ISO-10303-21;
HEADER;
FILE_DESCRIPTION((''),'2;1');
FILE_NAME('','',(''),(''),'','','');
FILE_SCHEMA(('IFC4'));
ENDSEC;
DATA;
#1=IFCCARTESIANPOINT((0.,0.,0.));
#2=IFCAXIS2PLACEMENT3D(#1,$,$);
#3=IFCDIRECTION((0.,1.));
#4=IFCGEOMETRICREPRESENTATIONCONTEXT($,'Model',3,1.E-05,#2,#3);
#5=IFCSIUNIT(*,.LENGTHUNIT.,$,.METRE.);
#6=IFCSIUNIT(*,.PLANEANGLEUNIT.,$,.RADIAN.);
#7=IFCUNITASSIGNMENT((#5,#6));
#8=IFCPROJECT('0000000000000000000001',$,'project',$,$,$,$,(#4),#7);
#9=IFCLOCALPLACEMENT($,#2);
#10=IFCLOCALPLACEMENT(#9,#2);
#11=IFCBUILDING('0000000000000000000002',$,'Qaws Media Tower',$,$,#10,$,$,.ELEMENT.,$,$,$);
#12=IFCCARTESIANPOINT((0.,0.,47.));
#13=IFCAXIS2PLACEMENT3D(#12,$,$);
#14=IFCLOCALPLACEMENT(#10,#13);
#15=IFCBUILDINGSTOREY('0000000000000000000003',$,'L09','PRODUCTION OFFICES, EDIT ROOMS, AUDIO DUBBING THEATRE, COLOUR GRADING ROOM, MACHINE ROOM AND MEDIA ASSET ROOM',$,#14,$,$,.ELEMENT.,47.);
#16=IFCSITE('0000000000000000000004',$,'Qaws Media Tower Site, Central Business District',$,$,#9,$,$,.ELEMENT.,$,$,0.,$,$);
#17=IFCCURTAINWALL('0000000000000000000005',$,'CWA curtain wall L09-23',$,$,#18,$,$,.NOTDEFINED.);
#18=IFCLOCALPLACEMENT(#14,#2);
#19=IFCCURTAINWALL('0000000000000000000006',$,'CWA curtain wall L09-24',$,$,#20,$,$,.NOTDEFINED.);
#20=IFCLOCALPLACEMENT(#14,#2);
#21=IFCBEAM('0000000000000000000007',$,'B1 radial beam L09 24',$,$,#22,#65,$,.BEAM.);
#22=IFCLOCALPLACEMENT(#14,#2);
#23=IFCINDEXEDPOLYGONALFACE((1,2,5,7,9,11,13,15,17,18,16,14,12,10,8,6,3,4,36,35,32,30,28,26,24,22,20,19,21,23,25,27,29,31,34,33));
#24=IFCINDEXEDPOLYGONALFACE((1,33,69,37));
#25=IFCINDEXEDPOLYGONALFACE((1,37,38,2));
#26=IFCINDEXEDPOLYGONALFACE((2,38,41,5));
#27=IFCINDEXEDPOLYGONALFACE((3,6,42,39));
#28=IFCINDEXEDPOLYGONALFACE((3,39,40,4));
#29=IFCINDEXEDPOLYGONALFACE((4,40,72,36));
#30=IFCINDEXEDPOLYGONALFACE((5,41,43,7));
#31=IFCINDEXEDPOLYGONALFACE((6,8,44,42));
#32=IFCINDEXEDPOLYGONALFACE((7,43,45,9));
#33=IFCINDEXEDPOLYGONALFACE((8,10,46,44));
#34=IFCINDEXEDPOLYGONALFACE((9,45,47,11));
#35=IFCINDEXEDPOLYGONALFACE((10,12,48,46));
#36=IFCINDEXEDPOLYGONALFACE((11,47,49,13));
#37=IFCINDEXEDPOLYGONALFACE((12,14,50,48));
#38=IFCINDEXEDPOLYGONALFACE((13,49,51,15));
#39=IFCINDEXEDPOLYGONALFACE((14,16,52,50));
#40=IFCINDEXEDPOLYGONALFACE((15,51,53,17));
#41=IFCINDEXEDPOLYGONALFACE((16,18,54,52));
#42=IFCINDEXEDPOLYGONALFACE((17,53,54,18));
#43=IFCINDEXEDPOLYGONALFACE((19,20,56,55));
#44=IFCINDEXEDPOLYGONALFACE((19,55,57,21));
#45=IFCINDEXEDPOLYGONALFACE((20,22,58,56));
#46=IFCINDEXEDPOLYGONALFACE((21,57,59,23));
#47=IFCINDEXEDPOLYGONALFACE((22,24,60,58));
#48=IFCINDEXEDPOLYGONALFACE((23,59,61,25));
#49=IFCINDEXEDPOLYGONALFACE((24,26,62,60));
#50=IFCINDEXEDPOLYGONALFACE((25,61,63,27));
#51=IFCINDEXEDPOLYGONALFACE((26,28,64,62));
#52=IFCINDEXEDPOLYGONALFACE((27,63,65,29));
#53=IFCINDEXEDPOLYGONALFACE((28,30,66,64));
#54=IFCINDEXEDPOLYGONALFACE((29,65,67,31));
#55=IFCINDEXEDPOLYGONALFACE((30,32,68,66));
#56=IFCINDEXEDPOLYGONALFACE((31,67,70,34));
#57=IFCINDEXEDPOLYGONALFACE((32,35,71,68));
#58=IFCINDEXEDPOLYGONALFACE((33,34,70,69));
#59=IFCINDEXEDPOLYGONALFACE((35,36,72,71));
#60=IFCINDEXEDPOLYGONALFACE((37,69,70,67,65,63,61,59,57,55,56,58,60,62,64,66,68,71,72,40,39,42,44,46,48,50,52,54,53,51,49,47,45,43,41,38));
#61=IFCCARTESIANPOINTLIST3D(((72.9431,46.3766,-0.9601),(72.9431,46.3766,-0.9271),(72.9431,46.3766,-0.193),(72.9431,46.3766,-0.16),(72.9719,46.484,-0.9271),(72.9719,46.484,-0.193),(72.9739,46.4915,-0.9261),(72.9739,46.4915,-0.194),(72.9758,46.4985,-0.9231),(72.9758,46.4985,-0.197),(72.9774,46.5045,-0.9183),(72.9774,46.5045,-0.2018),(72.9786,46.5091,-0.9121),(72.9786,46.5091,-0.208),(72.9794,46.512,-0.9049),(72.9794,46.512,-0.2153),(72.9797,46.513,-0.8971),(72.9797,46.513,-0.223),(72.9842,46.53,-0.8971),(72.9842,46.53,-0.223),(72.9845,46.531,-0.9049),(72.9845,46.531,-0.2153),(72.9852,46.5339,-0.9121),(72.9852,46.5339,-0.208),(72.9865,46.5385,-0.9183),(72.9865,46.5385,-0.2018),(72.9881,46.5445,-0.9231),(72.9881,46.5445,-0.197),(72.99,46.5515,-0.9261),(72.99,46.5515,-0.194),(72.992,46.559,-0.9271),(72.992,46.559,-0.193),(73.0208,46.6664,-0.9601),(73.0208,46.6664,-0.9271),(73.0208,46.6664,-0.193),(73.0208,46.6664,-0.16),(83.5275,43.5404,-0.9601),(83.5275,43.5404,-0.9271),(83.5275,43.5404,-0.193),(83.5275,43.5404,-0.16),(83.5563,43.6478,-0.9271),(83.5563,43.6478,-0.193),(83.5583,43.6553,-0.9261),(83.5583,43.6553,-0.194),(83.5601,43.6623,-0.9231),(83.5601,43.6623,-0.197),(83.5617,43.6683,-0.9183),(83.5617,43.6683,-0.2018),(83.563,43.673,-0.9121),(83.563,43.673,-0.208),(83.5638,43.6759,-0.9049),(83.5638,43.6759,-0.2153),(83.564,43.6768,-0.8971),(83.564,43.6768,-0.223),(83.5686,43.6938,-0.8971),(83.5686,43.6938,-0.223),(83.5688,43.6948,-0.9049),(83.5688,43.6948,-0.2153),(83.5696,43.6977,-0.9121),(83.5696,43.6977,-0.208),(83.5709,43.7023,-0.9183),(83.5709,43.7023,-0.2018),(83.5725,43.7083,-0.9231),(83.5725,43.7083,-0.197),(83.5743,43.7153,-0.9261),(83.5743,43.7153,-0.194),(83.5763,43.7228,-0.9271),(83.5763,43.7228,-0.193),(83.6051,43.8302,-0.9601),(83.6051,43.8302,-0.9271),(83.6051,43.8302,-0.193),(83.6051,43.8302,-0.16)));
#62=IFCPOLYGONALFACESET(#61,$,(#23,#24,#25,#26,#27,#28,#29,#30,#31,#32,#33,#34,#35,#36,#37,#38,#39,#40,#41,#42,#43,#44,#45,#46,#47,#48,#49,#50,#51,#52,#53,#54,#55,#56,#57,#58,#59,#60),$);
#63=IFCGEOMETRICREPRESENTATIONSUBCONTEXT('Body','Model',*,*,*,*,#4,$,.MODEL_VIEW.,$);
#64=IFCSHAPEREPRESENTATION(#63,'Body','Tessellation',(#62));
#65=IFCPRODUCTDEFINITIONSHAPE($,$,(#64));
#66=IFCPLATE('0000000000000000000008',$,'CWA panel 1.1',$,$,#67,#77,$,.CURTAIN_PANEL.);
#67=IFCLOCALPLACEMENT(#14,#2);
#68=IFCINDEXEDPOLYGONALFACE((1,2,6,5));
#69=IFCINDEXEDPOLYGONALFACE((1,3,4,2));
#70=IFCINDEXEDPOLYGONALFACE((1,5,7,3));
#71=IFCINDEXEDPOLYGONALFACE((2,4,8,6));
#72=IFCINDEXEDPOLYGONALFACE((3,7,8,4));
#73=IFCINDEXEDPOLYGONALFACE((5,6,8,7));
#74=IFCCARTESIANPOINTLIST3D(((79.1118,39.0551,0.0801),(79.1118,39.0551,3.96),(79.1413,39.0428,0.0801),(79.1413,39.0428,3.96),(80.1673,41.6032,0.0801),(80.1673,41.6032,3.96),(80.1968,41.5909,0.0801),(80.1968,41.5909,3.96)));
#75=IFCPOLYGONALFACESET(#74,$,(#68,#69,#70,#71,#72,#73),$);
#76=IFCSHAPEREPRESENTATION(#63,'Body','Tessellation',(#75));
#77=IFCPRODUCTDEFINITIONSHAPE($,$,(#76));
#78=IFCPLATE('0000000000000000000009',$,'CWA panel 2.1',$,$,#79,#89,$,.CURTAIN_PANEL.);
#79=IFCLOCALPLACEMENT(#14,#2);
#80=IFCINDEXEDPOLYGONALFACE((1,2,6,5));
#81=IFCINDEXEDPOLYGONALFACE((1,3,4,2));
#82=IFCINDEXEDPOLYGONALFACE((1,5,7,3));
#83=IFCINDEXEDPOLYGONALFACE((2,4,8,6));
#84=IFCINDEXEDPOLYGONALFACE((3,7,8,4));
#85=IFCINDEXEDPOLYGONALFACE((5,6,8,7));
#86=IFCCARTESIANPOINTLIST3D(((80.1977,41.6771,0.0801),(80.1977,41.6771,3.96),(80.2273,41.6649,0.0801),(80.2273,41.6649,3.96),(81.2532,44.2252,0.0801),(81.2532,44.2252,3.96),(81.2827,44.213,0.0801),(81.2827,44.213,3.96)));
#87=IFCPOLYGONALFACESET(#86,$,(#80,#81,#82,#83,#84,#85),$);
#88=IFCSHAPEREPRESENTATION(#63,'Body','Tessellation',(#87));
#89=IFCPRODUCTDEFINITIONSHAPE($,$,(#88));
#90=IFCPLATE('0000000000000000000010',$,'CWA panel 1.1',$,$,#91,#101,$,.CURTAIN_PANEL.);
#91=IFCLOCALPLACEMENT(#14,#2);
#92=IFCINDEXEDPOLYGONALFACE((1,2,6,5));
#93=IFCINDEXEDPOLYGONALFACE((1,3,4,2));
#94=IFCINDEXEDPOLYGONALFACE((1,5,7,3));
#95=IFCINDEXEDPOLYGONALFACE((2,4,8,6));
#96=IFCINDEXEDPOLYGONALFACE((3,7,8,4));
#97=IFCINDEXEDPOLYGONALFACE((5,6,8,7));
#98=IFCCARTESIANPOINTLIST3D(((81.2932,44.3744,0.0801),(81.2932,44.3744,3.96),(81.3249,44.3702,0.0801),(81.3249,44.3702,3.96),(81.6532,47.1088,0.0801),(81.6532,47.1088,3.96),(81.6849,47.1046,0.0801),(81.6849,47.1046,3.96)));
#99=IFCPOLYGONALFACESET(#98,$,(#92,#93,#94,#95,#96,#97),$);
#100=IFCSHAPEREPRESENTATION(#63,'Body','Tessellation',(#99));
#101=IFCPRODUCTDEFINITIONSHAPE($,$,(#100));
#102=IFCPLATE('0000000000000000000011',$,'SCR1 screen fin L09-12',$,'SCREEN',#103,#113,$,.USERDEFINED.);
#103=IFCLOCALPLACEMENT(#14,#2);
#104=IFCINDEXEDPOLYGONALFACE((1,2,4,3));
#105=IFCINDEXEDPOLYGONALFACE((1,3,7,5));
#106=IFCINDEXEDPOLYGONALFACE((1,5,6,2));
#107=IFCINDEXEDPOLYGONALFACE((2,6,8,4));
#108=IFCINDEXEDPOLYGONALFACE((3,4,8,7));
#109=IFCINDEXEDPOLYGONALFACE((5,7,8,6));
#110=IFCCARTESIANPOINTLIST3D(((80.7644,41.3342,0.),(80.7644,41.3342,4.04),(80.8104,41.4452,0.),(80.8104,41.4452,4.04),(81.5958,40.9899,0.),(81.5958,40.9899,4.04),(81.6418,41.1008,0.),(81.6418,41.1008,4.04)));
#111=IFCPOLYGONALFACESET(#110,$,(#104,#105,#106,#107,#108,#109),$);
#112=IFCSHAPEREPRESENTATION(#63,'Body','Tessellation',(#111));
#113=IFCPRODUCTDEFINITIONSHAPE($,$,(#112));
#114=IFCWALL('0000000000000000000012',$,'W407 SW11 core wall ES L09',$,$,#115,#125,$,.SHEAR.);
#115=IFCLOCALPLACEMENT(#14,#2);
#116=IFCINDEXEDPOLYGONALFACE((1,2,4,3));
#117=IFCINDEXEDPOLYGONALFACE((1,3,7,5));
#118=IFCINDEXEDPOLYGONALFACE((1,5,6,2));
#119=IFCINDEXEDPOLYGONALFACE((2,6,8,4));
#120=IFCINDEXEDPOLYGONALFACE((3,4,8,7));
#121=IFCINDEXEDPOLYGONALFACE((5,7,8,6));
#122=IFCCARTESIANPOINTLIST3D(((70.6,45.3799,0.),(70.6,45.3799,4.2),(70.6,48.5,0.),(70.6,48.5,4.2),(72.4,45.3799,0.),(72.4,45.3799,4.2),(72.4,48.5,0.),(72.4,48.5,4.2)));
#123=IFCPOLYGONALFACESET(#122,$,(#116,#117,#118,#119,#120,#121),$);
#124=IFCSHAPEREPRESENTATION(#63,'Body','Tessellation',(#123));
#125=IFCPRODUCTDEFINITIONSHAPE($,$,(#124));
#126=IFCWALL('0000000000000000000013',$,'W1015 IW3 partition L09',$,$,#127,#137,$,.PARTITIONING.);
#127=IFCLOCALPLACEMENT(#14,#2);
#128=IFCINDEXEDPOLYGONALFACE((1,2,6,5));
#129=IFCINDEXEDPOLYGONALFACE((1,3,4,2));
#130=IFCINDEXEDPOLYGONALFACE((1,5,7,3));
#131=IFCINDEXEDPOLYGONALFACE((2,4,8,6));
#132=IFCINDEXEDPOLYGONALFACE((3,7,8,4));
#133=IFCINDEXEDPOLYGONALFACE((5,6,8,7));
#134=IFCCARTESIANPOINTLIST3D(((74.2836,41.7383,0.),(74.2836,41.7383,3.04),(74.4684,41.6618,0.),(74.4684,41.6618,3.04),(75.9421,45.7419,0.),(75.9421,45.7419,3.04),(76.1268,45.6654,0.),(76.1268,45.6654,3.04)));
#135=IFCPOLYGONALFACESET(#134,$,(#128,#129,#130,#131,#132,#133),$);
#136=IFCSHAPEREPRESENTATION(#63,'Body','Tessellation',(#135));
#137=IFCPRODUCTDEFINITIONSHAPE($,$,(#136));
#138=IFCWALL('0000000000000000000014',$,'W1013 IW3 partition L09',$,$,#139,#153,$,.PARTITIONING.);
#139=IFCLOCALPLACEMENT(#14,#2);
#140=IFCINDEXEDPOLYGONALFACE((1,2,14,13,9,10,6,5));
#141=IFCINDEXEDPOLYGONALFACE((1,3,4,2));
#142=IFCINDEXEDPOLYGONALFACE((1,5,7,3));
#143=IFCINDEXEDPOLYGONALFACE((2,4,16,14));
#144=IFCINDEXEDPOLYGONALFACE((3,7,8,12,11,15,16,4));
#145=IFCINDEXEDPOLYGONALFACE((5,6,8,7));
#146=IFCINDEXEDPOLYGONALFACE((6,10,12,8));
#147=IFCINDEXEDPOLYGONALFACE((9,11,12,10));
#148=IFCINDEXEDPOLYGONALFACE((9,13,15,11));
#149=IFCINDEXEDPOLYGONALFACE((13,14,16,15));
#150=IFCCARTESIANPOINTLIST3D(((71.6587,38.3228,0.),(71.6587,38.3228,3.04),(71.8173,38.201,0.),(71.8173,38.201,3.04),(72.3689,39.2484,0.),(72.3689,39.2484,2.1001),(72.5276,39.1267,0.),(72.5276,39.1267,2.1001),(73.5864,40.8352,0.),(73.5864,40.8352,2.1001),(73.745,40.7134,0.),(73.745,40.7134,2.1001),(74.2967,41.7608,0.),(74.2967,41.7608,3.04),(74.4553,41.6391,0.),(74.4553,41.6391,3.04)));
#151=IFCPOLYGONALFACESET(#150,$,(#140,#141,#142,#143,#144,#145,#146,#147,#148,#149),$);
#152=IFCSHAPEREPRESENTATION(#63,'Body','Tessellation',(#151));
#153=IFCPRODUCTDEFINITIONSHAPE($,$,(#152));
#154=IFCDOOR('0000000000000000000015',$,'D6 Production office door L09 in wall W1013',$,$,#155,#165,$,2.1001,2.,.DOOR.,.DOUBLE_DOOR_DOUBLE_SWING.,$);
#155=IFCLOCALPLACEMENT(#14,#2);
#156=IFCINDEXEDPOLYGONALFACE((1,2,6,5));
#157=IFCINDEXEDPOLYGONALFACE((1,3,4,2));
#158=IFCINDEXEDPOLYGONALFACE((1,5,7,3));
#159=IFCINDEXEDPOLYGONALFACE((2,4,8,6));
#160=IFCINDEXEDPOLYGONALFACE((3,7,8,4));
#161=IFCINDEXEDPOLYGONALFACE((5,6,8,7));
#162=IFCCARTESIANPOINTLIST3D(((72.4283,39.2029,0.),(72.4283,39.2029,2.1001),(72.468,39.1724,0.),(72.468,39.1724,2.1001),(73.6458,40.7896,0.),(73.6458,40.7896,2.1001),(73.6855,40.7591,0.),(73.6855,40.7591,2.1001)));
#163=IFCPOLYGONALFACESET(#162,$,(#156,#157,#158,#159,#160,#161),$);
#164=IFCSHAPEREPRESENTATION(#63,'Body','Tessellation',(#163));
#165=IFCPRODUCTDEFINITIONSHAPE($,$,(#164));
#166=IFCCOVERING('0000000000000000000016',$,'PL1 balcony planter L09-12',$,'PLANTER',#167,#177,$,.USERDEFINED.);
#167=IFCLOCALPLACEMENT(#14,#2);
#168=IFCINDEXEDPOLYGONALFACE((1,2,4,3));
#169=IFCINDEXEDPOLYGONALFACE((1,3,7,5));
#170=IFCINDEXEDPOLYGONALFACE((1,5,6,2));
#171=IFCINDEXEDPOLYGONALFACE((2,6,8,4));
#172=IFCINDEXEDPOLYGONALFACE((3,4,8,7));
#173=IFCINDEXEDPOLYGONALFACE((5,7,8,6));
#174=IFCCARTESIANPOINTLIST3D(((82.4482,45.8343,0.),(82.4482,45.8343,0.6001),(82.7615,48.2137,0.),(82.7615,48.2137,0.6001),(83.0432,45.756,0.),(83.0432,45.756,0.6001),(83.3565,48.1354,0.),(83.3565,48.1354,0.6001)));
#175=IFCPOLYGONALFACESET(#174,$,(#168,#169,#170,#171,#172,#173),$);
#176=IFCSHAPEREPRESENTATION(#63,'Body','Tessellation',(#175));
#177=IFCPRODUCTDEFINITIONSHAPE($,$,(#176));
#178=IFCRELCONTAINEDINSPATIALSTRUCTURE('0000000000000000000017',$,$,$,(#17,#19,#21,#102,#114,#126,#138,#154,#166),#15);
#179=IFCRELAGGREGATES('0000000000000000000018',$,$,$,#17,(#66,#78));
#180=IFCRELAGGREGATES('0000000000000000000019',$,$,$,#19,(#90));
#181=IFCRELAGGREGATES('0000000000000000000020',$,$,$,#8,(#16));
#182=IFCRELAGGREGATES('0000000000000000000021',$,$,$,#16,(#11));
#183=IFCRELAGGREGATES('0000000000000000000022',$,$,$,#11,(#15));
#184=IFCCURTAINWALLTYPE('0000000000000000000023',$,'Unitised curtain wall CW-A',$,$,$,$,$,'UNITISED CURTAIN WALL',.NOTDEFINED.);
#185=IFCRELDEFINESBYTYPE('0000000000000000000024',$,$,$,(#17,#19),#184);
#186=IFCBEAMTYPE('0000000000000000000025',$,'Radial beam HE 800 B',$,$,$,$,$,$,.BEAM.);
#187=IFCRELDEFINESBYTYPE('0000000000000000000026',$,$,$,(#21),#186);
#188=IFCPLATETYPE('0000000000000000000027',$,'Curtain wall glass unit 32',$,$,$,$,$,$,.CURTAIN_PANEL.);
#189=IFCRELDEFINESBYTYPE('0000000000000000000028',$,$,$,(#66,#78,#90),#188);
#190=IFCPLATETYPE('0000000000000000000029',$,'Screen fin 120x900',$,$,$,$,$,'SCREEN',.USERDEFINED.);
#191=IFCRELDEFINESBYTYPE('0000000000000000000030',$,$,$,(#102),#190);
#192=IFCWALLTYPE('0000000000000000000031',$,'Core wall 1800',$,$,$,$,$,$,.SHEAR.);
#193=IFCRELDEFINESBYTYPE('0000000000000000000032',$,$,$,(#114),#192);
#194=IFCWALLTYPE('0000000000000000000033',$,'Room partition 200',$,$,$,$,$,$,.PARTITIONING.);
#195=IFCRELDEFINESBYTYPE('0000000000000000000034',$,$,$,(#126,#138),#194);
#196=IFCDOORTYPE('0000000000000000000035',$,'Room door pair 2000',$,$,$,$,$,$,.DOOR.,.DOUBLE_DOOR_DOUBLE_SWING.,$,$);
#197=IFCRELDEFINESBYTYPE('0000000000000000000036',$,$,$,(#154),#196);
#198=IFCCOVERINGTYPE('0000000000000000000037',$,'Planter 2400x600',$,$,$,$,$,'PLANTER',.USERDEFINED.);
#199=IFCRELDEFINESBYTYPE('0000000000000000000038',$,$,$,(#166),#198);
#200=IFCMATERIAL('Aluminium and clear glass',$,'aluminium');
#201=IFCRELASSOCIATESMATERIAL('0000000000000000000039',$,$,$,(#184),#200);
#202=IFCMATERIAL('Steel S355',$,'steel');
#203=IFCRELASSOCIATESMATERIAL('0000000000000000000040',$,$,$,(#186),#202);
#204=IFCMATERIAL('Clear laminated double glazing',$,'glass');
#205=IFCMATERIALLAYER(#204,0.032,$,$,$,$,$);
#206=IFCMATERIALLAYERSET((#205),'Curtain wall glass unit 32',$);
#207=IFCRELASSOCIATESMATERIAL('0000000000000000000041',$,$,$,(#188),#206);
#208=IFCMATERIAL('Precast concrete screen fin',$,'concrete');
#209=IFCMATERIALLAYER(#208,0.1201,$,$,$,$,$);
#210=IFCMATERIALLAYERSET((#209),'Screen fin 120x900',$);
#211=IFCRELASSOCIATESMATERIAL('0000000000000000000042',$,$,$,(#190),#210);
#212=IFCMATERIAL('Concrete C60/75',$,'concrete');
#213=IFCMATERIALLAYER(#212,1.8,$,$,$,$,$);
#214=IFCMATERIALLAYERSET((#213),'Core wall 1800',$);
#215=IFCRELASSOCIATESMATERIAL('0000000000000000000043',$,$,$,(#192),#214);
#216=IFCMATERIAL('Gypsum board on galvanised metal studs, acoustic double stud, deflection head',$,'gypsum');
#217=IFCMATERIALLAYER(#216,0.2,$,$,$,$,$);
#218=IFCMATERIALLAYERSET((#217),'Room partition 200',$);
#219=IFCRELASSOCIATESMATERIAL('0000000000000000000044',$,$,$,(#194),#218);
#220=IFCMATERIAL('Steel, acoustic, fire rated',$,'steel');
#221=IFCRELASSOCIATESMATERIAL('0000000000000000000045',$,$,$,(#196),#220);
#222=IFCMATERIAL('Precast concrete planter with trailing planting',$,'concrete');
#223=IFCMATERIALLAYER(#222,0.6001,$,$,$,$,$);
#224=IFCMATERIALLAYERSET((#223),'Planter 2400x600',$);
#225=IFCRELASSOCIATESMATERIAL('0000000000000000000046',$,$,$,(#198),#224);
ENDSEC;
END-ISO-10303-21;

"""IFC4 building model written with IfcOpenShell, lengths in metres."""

from ifc_helpers import new_model, si_unit, direction, frame, frame_2d, origin, origin_2d, place, context, subcontext, project, spatial, rectangle, i_section, extrude, material, layer, layer_set, material_profile, profile_set, type_object, element, fill, aggregate, save


model = new_model("IFC4")

# Units and contexts
model_context = context("Model", 3, precision=1e-05, world=origin(), true_north=direction((0.0, 1.0)))
body_context = subcontext(model_context, "Body", "Model", "MODEL_VIEW")
ifc_project = project(units=[si_unit("LENGTHUNIT", "METRE"), si_unit("PLANEANGLEUNIT", "RADIAN")], contexts=[model_context])

# Site, building, storey
site_placement = place(None, origin())
site = spatial("IfcSite", under=ifc_project, at=site_placement, Name="Qaws Media Tower Site, Central Business District", CompositionType="ELEMENT", RefElevation=0.0)
building_placement = place(site_placement, origin())
building = spatial("IfcBuilding", under=site, at=building_placement, Name="Qaws Media Tower", CompositionType="ELEMENT")
storey_placement = place(building_placement, frame((0.0, 0.0, 47.0)))
storey = spatial("IfcBuildingStorey", under=building, at=storey_placement, Name="L09", Description="PRODUCTION OFFICES, EDIT ROOMS, AUDIO DUBBING THEATRE, COLOUR GRADING ROOM, MACHINE ROOM AND MEDIA ASSET ROOM", CompositionType="ELEMENT", Elevation=47.0)

# Shared definitions
ifc_material_1 = material(Name="Aluminium and clear glass", Category="aluminium")
curtain_wall_type = type_object("IfcCurtainWallType", Name="Unitised curtain wall CW-A", ElementType="UNITISED CURTAIN WALL", PredefinedType="NOTDEFINED", material=ifc_material_1)

# Curtain walls
curtain_wall_1_placement = place(storey_placement, origin())
curtain_wall_1 = element("IfcCurtainWall", 1, at=curtain_wall_1_placement, inside=storey, type_object=curtain_wall_type, Name="CWA curtain wall L09-23", PredefinedType="NOTDEFINED")
curtain_wall_2_placement = place(storey_placement, origin())
curtain_wall_2 = element("IfcCurtainWall", 2, at=curtain_wall_2_placement, inside=storey, type_object=curtain_wall_type, Name="CWA curtain wall L09-24", PredefinedType="NOTDEFINED")

# Beam
ifc_material_2 = material(Name="Steel S355", Category="steel")
ifc_material_profile_1 = material_profile(ifc_material_2, i_section(OverallWidth=0.3, OverallDepth=0.8, WebThickness=0.0176, FlangeThickness=0.033, FilletRadius=0.03, at=origin_2d()), Name="HE 800 B")
ifc_profile_set_1 = profile_set([ifc_material_profile_1], Name="Steel S355")
beam_type_1 = type_object("IfcBeamType", Name="Radial beam HE 800 B", PredefinedType="BEAM", material=ifc_profile_set_1)
beam_1_placement = place(storey_placement, frame((72.9819, 46.5215, -0.5601), z_axis=(0.965924, -0.258826, 0.0), x_axis=(0.258826, 0.965924, 0.0)))
element("IfcBeam", 3, at=beam_1_placement, inside=storey, type_object=beam_type_1, Name="B1 radial beam L09 24", PredefinedType="BEAM", context=body_context, shape_type="SweptSolid", body=[
    extrude(i_section(OverallWidth=0.3, OverallDepth=0.8, WebThickness=0.0176, FlangeThickness=0.033, FilletRadius=0.03, at=origin_2d()), origin(), (0.0, 0.0, 1.0), 10.9578),
])

# Plates
ifc_material_3 = material(Name="Clear laminated double glazing", Category="glass")
ifc_layer_1 = layer(ifc_material_3, 0.032)
ifc_layer_set_1 = layer_set([ifc_layer_1], Name="Curtain wall glass unit 32")
plate_type_1 = type_object("IfcPlateType", Name="Curtain wall glass unit 32", PredefinedType="CURTAIN_PANEL", material=ifc_layer_set_1)
plate_1_placement = place(storey_placement, frame((79.6543, 40.323, 0.0801), z_axis=(0.0, 0.0, 1.0), x_axis=(0.382683, 0.92388, 0.0)))
plate_1 = element("IfcPlate", 4, at=plate_1_placement, type_object=plate_type_1, Name="CWA panel 1.1", PredefinedType="CURTAIN_PANEL", context=body_context, shape_type="SweptSolid", body=[
    extrude(rectangle(XDim=2.7581, YDim=0.032, at=origin_2d()), origin(), (0.0, 0.0, 1.0), 3.8799),
])
plate_2_placement = place(storey_placement, frame((80.7402, 42.9451, 0.0801), z_axis=(0.0, 0.0, 1.0), x_axis=(0.382683, 0.92388, 0.0)))
plate_2 = element("IfcPlate", 5, at=plate_2_placement, type_object=plate_type_1, Name="CWA panel 2.1", PredefinedType="CURTAIN_PANEL", context=body_context, shape_type="SweptSolid", body=[
    extrude(rectangle(XDim=2.7581, YDim=0.032, at=origin_2d()), origin(), (0.0, 0.0, 1.0), 3.8799),
])
aggregate(curtain_wall_1, [plate_1, plate_2])
plate_3_placement = place(storey_placement, frame((81.489, 45.7395, 0.0801), z_axis=(0.0, 0.0, 1.0), x_axis=(0.130526, 0.991445, 0.0)))
plate_3 = element("IfcPlate", 6, at=plate_3_placement, type_object=plate_type_1, Name="CWA panel 1.1", PredefinedType="CURTAIN_PANEL", context=body_context, shape_type="SweptSolid", body=[
    extrude(rectangle(XDim=2.7581, YDim=0.032, at=origin_2d()), origin(), (0.0, 0.0, 1.0), 3.8799),
])
aggregate(curtain_wall_2, [plate_3])
ifc_material_4 = material(Name="Precast concrete screen fin", Category="concrete")
ifc_layer_2 = layer(ifc_material_4, 0.1201)
ifc_layer_set_2 = layer_set([ifc_layer_2], Name="Screen fin 120x900")
plate_type_2 = type_object("IfcPlateType", Name="Screen fin 120x900", ElementType="SCREEN", PredefinedType="USERDEFINED", material=ifc_layer_set_2)
plate_4_placement = place(storey_placement, frame((81.2031, 41.2175, 0.0), z_axis=(0.0, 0.0, 1.0), x_axis=(0.92388, -0.382683, 0.0)))
element("IfcPlate", 7, at=plate_4_placement, inside=storey, type_object=plate_type_2, Name="SCR1 screen fin L09-12", ObjectType="SCREEN", PredefinedType="USERDEFINED", context=body_context, shape_type="SweptSolid", body=[
    extrude(rectangle(XDim=0.8999, YDim=0.1201, at=origin_2d()), origin(), (0.0, 0.0, 1.0), 4.04),
])

# Walls
ifc_material_5 = material(Name="Concrete C60/75", Category="concrete")
ifc_layer_3 = layer(ifc_material_5, 1.8)
ifc_layer_set_3 = layer_set([ifc_layer_3], Name="Core wall 1800")
wall_type_1 = type_object("IfcWallType", Name="Core wall 1800", PredefinedType="SHEAR", material=ifc_layer_set_3)
wall_1_placement = place(storey_placement, frame((71.5, 45.3799, 0.0), z_axis=(0.0, 0.0, 1.0), x_axis=(0.0, 1.0, 0.0)))
element("IfcWall", 8, at=wall_1_placement, inside=storey, type_object=wall_type_1, Name="W407 SW11 core wall ES L09", PredefinedType="SHEAR", context=body_context, shape_type="SweptSolid", body=[
    extrude(rectangle(XDim=3.1201, YDim=1.8, at=frame_2d((1.5601, 0.0))), origin(), (0.0, 0.0, 1.0), 4.2),
])
ifc_material_6 = material(Name="Gypsum board on galvanised metal studs, acoustic double stud, deflection head", Category="gypsum")
ifc_layer_4 = layer(ifc_material_6, 0.2)
ifc_layer_set_4 = layer_set([ifc_layer_4], Name="Room partition 200")
wall_type_2 = type_object("IfcWallType", Name="Room partition 200", PredefinedType="PARTITIONING", material=ifc_layer_set_4)
wall_2_placement = place(storey_placement, frame((76.0344, 45.7036, 0.0), z_axis=(0.0, 0.0, 1.0), x_axis=(-0.382698, -0.923873, 0.0)))
element("IfcWall", 9, at=wall_2_placement, inside=storey, type_object=wall_type_2, Name="W1015 IW3 partition L09", PredefinedType="PARTITIONING", context=body_context, shape_type="SweptSolid", body=[
    extrude(rectangle(XDim=4.3335, YDim=0.2, at=frame_2d((2.1667, 0.0))), origin(), (0.0, 0.0, 1.0), 3.04),
])

# Wall, opening, door
wall_3_placement = place(storey_placement, frame((74.376, 41.7, 0.0), z_axis=(0.0, 0.0, 1.0), x_axis=(-0.608744, -0.793367, 0.0)))
wall_3 = element("IfcWall", 10, at=wall_3_placement, inside=storey, type_object=wall_type_2, Name="W1013 IW3 partition L09", PredefinedType="PARTITIONING", context=body_context, shape_type="SweptSolid", body=[
    extrude(rectangle(XDim=4.3335, YDim=0.2, at=frame_2d((2.1667, 0.0))), origin(), (0.0, 0.0, 1.0), 3.04),
])
opening_placement = place(wall_3_placement, frame((1.1667, 0.0, 0.0)))
opening = element("IfcOpeningElement", 11, at=opening_placement, cuts=wall_3, PredefinedType="OPENING", context=body_context, shape_type="SweptSolid", body=[
    extrude(rectangle(XDim=2.0, YDim=2.1001, at=frame_2d((1.0, 1.05))), frame((0.0, 0.1099, 0.0), z_axis=(0.0, -1.0, 0.0), x_axis=(1.0, 0.0, 0.0)), (0.0, 0.0, 1.0), 0.22),
])
ifc_material_7 = material(Name="Steel, acoustic, fire rated", Category="steel")
door_type = type_object("IfcDoorType", Name="Room door pair 2000", OperationType="DOUBLE_DOOR_DOUBLE_SWING", PredefinedType="DOOR", material=ifc_material_7)
door_placement = place(opening_placement, origin())
door = element("IfcDoor", 12, at=door_placement, inside=storey, type_object=door_type, Name="D6 Production office door L09 in wall W1013", OperationType="DOUBLE_DOOR_DOUBLE_SWING", OverallHeight=2.1001, OverallWidth=2.0, PredefinedType="DOOR", context=body_context, shape_type="SweptSolid", body=[
    extrude(rectangle(XDim=2.0, YDim=2.1001, at=frame_2d((1.0, 1.05))), frame((0.0, 0.0249, 0.0), z_axis=(0.0, -1.0, 0.0), x_axis=(1.0, 0.0, 0.0)), (0.0, 0.0, 1.0), 0.05),
])
fill(opening, door)

# Covering
ifc_material_8 = material(Name="Precast concrete planter with trailing planting", Category="concrete")
ifc_layer_5 = layer(ifc_material_8, 0.6001)
ifc_layer_set_5 = layer_set([ifc_layer_5], Name="Planter 2400x600")
covering_type = type_object("IfcCoveringType", Name="Planter 2400x600", ElementType="PLANTER", PredefinedType="USERDEFINED", material=ifc_layer_set_5)
covering_placement = place(storey_placement, frame((82.9023, 46.9849, 0.0), z_axis=(0.0, 0.0, 1.0), x_axis=(0.130526, 0.991445, 0.0)))
element("IfcCovering", 13, at=covering_placement, inside=storey, type_object=covering_type, Name="PL1 balcony planter L09-12", ObjectType="PLANTER", PredefinedType="USERDEFINED", context=body_context, shape_type="SweptSolid", body=[
    extrude(rectangle(XDim=2.3999, YDim=0.6001, at=origin_2d()), origin(), (0.0, 0.0, 1.0), 0.6001),
])

save(model, "model.ifc")
